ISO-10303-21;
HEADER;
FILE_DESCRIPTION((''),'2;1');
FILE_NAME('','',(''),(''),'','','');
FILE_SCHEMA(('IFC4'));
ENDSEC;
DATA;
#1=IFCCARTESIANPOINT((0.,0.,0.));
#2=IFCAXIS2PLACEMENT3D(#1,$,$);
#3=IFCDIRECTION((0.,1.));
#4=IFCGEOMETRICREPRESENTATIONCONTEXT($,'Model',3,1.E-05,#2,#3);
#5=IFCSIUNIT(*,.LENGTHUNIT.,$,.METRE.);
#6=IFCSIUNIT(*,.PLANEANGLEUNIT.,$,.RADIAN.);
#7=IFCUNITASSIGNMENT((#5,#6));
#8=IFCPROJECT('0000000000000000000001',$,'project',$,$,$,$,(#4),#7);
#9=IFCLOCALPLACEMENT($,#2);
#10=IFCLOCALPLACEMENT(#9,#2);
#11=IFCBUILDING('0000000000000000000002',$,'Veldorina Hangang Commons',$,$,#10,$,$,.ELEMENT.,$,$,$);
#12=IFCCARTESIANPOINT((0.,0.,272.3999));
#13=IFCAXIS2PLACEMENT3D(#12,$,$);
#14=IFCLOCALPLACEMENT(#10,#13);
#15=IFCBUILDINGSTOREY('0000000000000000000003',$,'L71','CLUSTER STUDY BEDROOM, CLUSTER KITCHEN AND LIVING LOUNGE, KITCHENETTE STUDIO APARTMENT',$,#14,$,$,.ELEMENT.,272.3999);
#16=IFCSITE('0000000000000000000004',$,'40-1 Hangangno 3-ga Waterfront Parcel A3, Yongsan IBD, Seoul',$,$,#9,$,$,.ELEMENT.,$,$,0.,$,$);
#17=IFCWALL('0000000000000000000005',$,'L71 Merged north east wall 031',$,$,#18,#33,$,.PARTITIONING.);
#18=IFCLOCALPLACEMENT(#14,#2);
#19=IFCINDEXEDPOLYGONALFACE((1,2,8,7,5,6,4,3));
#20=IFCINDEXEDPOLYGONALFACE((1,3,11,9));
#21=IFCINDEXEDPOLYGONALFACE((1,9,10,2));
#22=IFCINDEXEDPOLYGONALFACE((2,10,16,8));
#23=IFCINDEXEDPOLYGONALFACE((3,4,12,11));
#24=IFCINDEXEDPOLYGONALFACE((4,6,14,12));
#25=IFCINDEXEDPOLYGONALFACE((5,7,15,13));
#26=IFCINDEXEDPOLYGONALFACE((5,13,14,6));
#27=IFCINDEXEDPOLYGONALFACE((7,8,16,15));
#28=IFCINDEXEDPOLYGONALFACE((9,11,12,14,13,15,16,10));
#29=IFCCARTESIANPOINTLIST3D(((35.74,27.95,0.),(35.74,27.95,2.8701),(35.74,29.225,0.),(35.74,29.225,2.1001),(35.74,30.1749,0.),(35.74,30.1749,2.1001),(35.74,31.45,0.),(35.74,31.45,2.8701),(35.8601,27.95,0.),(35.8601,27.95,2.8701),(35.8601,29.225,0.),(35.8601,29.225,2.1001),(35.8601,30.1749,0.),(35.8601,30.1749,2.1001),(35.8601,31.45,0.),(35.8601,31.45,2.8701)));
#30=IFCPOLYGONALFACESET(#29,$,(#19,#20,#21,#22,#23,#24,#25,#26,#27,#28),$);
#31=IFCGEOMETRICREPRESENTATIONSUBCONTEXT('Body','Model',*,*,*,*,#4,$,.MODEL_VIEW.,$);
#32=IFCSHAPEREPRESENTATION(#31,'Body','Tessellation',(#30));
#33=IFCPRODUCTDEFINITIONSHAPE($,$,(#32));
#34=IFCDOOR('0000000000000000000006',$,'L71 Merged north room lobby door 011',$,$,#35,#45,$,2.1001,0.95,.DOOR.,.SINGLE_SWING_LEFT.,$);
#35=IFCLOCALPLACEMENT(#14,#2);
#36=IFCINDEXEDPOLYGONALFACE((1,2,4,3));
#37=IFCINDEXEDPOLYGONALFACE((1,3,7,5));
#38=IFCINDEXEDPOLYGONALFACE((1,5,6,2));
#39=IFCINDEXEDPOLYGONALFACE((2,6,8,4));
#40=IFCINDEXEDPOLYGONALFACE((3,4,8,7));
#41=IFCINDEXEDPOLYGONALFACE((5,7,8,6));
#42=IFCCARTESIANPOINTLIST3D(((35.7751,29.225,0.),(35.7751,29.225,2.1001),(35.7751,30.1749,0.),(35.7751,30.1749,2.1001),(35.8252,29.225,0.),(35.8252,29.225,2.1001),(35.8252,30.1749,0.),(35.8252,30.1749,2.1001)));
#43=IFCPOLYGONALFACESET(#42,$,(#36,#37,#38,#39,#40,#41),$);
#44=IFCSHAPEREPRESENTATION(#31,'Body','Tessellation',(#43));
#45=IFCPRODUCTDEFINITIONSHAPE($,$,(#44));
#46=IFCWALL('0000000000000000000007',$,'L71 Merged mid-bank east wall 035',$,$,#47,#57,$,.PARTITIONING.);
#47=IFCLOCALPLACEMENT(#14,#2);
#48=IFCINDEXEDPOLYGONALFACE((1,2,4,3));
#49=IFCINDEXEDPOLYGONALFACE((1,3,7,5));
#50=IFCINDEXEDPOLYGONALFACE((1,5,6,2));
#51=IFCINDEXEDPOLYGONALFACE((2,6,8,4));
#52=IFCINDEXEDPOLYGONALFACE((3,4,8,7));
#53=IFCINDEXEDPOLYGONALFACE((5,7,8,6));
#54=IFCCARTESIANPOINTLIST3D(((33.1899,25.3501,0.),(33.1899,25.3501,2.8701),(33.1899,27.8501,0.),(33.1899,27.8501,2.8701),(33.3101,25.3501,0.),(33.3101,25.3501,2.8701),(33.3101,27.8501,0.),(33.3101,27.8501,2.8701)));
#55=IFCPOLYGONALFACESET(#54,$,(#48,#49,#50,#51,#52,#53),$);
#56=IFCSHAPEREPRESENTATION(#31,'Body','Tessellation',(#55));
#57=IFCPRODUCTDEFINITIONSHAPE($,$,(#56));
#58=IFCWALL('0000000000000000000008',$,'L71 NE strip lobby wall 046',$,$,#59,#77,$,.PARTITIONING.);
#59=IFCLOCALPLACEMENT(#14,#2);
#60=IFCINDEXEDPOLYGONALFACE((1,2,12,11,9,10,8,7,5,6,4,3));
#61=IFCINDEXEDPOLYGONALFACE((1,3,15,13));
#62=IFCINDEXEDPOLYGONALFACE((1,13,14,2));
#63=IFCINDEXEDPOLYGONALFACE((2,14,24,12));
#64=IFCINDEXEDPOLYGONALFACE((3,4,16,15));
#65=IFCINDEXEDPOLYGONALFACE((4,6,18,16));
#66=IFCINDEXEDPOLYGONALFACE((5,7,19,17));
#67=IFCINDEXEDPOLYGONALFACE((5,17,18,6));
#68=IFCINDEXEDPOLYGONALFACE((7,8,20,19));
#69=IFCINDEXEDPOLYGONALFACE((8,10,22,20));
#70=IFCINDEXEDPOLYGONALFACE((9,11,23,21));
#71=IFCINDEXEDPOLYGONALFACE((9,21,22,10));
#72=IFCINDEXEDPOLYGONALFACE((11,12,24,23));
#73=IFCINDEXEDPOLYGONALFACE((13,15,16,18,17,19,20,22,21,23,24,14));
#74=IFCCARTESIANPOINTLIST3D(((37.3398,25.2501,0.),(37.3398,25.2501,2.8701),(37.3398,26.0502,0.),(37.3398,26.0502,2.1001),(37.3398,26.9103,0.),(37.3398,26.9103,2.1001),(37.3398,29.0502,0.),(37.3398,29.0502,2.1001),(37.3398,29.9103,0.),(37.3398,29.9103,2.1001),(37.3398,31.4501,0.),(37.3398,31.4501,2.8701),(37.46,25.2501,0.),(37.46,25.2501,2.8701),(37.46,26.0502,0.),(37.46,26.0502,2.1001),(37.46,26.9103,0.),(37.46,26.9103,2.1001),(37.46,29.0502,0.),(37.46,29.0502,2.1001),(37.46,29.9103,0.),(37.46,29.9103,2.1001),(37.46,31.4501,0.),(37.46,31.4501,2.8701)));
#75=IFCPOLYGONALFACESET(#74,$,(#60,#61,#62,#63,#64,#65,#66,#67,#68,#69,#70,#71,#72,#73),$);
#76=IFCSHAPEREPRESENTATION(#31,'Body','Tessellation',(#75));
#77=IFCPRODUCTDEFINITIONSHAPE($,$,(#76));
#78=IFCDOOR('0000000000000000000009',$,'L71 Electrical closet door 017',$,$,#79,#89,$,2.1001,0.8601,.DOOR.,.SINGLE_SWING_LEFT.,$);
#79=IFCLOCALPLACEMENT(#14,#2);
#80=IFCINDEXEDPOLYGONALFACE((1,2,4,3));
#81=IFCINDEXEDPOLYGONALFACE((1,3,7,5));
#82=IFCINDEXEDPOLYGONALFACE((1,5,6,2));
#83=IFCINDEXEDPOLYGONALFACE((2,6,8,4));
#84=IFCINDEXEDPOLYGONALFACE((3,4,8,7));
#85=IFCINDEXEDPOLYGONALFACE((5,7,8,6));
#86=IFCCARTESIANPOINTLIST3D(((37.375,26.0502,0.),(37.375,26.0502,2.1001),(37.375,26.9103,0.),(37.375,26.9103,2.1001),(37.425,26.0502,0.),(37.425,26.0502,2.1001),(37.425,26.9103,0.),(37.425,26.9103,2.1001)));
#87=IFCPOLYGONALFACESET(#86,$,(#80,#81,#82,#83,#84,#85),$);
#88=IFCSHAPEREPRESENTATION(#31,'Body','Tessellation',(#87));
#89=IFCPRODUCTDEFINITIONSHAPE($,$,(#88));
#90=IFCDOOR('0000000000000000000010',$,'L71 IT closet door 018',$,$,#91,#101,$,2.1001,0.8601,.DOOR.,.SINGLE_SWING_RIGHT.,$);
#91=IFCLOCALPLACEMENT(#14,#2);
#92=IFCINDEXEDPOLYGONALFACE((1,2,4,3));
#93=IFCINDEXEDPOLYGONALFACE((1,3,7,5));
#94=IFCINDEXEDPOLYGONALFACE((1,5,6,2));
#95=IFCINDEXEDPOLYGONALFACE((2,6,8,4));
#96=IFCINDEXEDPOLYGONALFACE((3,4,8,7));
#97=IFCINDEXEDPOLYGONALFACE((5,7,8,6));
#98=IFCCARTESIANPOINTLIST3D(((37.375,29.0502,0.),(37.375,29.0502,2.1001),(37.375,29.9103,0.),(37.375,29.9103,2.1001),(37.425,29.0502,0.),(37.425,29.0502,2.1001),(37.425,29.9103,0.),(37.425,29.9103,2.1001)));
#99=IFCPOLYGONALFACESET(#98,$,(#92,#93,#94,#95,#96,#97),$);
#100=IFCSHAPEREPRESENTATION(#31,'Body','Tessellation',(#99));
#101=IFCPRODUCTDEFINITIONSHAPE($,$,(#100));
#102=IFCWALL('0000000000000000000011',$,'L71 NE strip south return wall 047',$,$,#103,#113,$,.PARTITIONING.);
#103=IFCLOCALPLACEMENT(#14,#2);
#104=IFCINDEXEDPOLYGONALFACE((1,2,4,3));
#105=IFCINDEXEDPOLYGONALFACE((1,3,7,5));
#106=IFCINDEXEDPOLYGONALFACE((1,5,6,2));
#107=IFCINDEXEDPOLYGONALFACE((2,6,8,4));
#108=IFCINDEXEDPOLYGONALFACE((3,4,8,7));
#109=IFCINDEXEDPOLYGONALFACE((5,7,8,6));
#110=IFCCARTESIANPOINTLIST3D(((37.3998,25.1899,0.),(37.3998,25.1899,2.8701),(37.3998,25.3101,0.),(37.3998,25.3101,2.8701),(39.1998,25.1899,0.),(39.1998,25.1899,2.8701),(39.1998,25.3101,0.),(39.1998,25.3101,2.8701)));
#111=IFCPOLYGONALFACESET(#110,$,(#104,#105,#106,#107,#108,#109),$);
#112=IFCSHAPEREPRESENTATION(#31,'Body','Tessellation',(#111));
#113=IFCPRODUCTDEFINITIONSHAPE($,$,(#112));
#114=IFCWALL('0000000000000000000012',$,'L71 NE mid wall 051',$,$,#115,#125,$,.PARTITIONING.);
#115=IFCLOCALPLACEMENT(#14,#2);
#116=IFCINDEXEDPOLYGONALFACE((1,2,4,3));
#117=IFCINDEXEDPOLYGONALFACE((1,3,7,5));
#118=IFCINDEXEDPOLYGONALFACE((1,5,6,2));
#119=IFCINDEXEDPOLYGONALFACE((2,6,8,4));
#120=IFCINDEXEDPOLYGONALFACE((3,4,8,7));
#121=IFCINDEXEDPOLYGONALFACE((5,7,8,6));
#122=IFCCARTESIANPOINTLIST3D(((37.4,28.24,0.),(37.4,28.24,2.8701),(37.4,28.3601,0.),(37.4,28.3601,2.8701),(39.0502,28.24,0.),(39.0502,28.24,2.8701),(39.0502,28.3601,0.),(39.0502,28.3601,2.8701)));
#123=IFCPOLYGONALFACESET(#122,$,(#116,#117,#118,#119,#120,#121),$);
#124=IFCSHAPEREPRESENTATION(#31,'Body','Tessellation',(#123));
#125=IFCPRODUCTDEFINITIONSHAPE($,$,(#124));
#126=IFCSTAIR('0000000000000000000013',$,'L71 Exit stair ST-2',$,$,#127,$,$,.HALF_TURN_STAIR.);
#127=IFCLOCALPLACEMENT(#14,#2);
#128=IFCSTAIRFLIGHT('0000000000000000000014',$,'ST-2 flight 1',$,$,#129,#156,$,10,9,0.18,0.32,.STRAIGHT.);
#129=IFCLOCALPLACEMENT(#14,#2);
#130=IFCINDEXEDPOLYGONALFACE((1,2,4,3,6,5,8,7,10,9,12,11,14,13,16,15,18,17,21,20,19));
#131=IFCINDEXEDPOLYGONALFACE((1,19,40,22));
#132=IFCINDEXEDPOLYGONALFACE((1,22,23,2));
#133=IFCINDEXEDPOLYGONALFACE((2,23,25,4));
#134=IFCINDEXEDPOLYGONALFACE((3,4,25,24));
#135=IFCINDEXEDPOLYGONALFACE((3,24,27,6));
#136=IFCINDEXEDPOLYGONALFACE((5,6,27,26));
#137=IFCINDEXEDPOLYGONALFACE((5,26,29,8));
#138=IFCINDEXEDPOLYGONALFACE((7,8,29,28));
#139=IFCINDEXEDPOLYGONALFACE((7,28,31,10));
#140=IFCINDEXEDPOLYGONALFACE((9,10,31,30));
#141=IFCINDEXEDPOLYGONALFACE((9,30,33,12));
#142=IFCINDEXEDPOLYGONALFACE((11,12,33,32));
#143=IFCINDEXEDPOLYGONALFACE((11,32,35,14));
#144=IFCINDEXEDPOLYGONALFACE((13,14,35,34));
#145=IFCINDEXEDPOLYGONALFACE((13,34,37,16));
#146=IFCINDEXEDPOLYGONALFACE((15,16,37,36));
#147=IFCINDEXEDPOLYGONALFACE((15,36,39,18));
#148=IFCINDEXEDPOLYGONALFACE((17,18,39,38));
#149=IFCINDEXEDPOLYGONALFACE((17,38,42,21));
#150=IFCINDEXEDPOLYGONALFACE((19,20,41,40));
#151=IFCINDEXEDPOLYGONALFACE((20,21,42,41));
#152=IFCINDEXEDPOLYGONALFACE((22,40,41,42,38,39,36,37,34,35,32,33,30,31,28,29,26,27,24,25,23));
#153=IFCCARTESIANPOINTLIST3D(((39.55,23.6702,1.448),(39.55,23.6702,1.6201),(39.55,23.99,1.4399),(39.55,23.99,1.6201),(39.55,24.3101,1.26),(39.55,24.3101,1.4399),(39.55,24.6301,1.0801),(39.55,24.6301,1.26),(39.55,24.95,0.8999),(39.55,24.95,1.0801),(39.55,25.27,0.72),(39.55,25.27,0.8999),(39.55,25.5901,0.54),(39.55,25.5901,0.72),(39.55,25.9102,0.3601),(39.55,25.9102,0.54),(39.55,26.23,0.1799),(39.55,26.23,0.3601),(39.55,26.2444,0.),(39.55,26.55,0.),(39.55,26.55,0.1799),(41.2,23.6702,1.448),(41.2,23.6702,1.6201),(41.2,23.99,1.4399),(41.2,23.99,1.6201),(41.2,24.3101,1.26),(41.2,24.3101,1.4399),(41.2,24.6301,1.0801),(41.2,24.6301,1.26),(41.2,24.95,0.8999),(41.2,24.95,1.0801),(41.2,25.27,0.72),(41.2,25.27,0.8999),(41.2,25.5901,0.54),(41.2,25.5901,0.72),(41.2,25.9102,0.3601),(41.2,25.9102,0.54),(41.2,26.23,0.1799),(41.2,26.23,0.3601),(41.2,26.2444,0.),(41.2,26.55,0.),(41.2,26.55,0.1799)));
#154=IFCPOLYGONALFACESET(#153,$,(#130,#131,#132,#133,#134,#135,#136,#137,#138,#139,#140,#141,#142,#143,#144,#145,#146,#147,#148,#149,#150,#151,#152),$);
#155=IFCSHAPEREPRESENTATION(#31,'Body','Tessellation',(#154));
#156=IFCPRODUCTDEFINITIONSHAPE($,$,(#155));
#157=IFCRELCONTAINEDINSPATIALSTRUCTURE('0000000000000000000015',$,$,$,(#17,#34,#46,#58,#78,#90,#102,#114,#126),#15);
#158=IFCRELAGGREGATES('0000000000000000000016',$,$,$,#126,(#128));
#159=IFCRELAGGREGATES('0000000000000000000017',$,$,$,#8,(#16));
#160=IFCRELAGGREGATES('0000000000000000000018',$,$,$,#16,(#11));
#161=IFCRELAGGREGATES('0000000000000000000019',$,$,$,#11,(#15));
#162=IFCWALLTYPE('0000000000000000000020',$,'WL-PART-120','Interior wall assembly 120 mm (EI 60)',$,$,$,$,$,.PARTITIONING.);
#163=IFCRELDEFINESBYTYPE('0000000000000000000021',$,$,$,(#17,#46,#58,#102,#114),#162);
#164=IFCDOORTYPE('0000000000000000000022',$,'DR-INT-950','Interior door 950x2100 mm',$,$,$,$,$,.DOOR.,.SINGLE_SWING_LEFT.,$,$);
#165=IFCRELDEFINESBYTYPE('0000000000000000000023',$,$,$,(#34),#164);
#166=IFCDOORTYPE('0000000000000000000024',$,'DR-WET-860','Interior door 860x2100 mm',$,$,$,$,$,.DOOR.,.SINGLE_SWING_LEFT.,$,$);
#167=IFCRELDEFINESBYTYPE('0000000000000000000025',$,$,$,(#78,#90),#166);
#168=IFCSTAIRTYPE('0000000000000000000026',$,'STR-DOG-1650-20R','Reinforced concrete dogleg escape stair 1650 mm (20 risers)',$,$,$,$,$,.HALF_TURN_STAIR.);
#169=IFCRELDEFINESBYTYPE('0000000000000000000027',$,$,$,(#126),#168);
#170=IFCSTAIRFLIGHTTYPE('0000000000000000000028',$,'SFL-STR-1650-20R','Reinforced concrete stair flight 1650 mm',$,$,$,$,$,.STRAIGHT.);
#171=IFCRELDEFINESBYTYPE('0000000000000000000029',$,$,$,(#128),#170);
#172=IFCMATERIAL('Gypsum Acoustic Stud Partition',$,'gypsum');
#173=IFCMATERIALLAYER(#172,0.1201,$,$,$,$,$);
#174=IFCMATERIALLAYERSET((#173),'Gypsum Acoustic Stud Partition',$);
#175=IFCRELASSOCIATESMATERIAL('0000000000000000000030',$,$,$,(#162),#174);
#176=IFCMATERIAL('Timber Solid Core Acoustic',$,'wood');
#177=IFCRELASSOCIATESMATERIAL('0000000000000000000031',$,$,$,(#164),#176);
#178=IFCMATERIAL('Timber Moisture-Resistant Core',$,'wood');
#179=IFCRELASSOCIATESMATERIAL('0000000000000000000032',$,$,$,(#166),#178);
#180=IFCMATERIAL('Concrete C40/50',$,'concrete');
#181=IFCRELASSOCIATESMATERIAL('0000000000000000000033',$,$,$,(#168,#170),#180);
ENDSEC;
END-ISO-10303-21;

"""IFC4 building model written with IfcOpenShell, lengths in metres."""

from ifc_helpers import new_model, si_unit, direction, frame, frame_2d, origin, place, context, subcontext, project, spatial, polyline, rectangle, outline, extrude, material, layer, layer_set, type_object, element, fill, aggregate, save


model = new_model("IFC4")

# Units and contexts
model_context = context("Model", 3, precision=1e-05, world=origin(), true_north=direction((0.0, 1.0)))
body_context = subcontext(model_context, "Body", "Model", "MODEL_VIEW")
ifc_project = project(units=[si_unit("LENGTHUNIT", "METRE"), si_unit("PLANEANGLEUNIT", "RADIAN")], contexts=[model_context])

# Site, building, storey
site_placement = place(None, origin())
site = spatial("IfcSite", under=ifc_project, at=site_placement, Name="40-1 Hangangno 3-ga Waterfront Parcel A3, Yongsan IBD, Seoul", CompositionType="ELEMENT", RefElevation=0.0)
building_placement = place(site_placement, origin())
building = spatial("IfcBuilding", under=site, at=building_placement, Name="Veldorina Hangang Commons", CompositionType="ELEMENT")
storey_placement = place(building_placement, frame((0.0, 0.0, 272.3999)))
storey = spatial("IfcBuildingStorey", under=building, at=storey_placement, Name="L71", Description="CLUSTER STUDY BEDROOM, CLUSTER KITCHEN AND LIVING LOUNGE, KITCHENETTE STUDIO APARTMENT", CompositionType="ELEMENT", Elevation=272.3999)

# Wall, opening, door
ifc_material_1 = material(Name="Gypsum Acoustic Stud Partition", Category="gypsum")
ifc_layer_1 = layer(ifc_material_1, 0.1201)
ifc_layer_set_1 = layer_set([ifc_layer_1], Name="Gypsum Acoustic Stud Partition")
wall_type_1 = type_object("IfcWallType", Name="WL-PART-120", Description="Interior wall assembly 120 mm (EI 60)", PredefinedType="PARTITIONING", material=ifc_layer_set_1)
wall_1_placement = place(storey_placement, frame((35.8, 27.95, 0.0), z_axis=(0.0, 0.0, 1.0), x_axis=(0.0, 1.0, 0.0)))
wall_1 = element("IfcWall", 1, at=wall_1_placement, inside=storey, type_object=wall_type_1, Name="L71 Merged north east wall 031", PredefinedType="PARTITIONING", context=body_context, shape_type="SweptSolid", body=[
    extrude(rectangle(XDim=3.5, YDim=0.1201, at=frame_2d((1.75, 0.0))), origin(), (0.0, 0.0, 1.0), 2.8701),
])
opening_1_placement = place(wall_1_placement, frame((1.2749, 0.0, 0.0)))
opening_1 = element("IfcOpeningElement", 2, at=opening_1_placement, cuts=wall_1, PredefinedType="OPENING", context=body_context, shape_type="SweptSolid", body=[
    extrude(rectangle(XDim=0.95, YDim=2.1001, at=frame_2d((0.4751, 1.05))), frame((0.0, 0.0701, 0.0), z_axis=(0.0, -1.0, 0.0), x_axis=(1.0, 0.0, 0.0)), (0.0, 0.0, 1.0), 0.1401),
])
ifc_material_2 = material(Name="Timber Solid Core Acoustic", Category="wood")
door_type_1 = type_object("IfcDoorType", Name="DR-INT-950", Description="Interior door 950x2100 mm", OperationType="SINGLE_SWING_LEFT", PredefinedType="DOOR", material=ifc_material_2)
door_1_placement = place(opening_1_placement, origin())
door_1 = element("IfcDoor", 3, at=door_1_placement, inside=storey, type_object=door_type_1, Name="L71 Merged north room lobby door 011", OperationType="SINGLE_SWING_LEFT", OverallHeight=2.1001, OverallWidth=0.95, PredefinedType="DOOR", context=body_context, shape_type="SweptSolid", body=[
    extrude(rectangle(XDim=0.95, YDim=2.1001, at=frame_2d((0.4751, 1.05))), frame((0.0, 0.0249, 0.0), z_axis=(0.0, -1.0, 0.0), x_axis=(1.0, 0.0, 0.0)), (0.0, 0.0, 1.0), 0.05),
])
fill(opening_1, door_1)

# Wall
wall_2_placement = place(storey_placement, frame((33.25, 25.3501, 0.0), z_axis=(0.0, 0.0, 1.0), x_axis=(0.0, 1.0, 0.0)))
element("IfcWall", 4, at=wall_2_placement, inside=storey, type_object=wall_type_1, Name="L71 Merged mid-bank east wall 035", PredefinedType="PARTITIONING", context=body_context, shape_type="SweptSolid", body=[
    extrude(rectangle(XDim=2.5, YDim=0.1201, at=frame_2d((1.25, 0.0))), origin(), (0.0, 0.0, 1.0), 2.8701),
])

# Wall, openings, doors
wall_3_placement = place(storey_placement, frame((37.3999, 25.25, 0.0), z_axis=(0.0, 0.0, 1.0), x_axis=(0.0, 1.0, 0.0)))
wall_3 = element("IfcWall", 5, at=wall_3_placement, inside=storey, type_object=wall_type_1, Name="L71 NE strip lobby wall 046", PredefinedType="PARTITIONING", context=body_context, shape_type="SweptSolid", body=[
    extrude(rectangle(XDim=6.2, YDim=0.1201, at=frame_2d((3.1001, 0.0))), origin(), (0.0, 0.0, 1.0), 2.8701),
])
opening_2_placement = place(wall_3_placement, frame((0.8, 0.0, 0.0)))
opening_2 = element("IfcOpeningElement", 6, at=opening_2_placement, cuts=wall_3, PredefinedType="OPENING", context=body_context, shape_type="SweptSolid", body=[
    extrude(rectangle(XDim=0.8601, YDim=2.1001, at=frame_2d((0.4302, 1.05))), frame((0.0, 0.0701, 0.0), z_axis=(0.0, -1.0, 0.0), x_axis=(1.0, 0.0, 0.0)), (0.0, 0.0, 1.0), 0.1401),
])
opening_3_placement = place(wall_3_placement, frame((3.8, 0.0, 0.0)))
opening_3 = element("IfcOpeningElement", 7, at=opening_3_placement, cuts=wall_3, PredefinedType="OPENING", context=body_context, shape_type="SweptSolid", body=[
    extrude(rectangle(XDim=0.8601, YDim=2.1001, at=frame_2d((0.4302, 1.05))), frame((0.0, 0.0701, 0.0), z_axis=(0.0, -1.0, 0.0), x_axis=(1.0, 0.0, 0.0)), (0.0, 0.0, 1.0), 0.1401),
])
ifc_material_3 = material(Name="Timber Moisture-Resistant Core", Category="wood")
door_type_2 = type_object("IfcDoorType", Name="DR-WET-860", Description="Interior door 860x2100 mm", OperationType="SINGLE_SWING_LEFT", PredefinedType="DOOR", material=ifc_material_3)
door_2_placement = place(opening_2_placement, origin())
door_2 = element("IfcDoor", 8, at=door_2_placement, inside=storey, type_object=door_type_2, Name="L71 Electrical closet door 017", OperationType="SINGLE_SWING_LEFT", OverallHeight=2.1001, OverallWidth=0.8601, PredefinedType="DOOR", context=body_context, shape_type="SweptSolid", body=[
    extrude(rectangle(XDim=0.8601, YDim=2.1001, at=frame_2d((0.4302, 1.05))), frame((0.0, 0.0249, 0.0), z_axis=(0.0, -1.0, 0.0), x_axis=(1.0, 0.0, 0.0)), (0.0, 0.0, 1.0), 0.05),
])
fill(opening_2, door_2)
door_3_placement = place(opening_3_placement, origin())
door_3 = element("IfcDoor", 9, at=door_3_placement, inside=storey, type_object=door_type_2, Name="L71 IT closet door 018", OperationType="SINGLE_SWING_RIGHT", OverallHeight=2.1001, OverallWidth=0.8601, PredefinedType="DOOR", context=body_context, shape_type="SweptSolid", body=[
    extrude(rectangle(XDim=0.8601, YDim=2.1001, at=frame_2d((0.4302, 1.05))), frame((0.0, 0.0249, 0.0), z_axis=(0.0, -1.0, 0.0), x_axis=(1.0, 0.0, 0.0)), (0.0, 0.0, 1.0), 0.05),
])
fill(opening_3, door_3)

# Walls
wall_4_placement = place(storey_placement, frame((37.3999, 25.25, 0.0), z_axis=(0.0, 0.0, 1.0), x_axis=(1.0, 0.0, 0.0)))
element("IfcWall", 10, at=wall_4_placement, inside=storey, type_object=wall_type_1, Name="L71 NE strip south return wall 047", PredefinedType="PARTITIONING", context=body_context, shape_type="SweptSolid", body=[
    extrude(rectangle(XDim=1.8, YDim=0.1201, at=frame_2d((0.8999, 0.0))), origin(), (0.0, 0.0, 1.0), 2.8701),
])
wall_5_placement = place(storey_placement, frame((37.3999, 28.3, 0.0), z_axis=(0.0, 0.0, 1.0), x_axis=(1.0, 0.0, 0.0)))
element("IfcWall", 11, at=wall_5_placement, inside=storey, type_object=wall_type_1, Name="L71 NE mid wall 051", PredefinedType="PARTITIONING", context=body_context, shape_type="SweptSolid", body=[
    extrude(rectangle(XDim=1.6501, YDim=0.1201, at=frame_2d((0.8252, 0.0))), origin(), (0.0, 0.0, 1.0), 2.8701),
])

# Stair, stair flight
ifc_material_4 = material(Name="Concrete C40/50", Category="concrete")
stair_type = type_object("IfcStairType", Name="STR-DOG-1650-20R", Description="Reinforced concrete dogleg escape stair 1650 mm (20 risers)", PredefinedType="HALF_TURN_STAIR", material=ifc_material_4)
stair_placement = place(storey_placement, origin())
stair = element("IfcStair", 12, at=stair_placement, inside=storey, type_object=stair_type, Name="L71 Exit stair ST-2", PredefinedType="HALF_TURN_STAIR")
stair_flight_type = type_object("IfcStairFlightType", Name="SFL-STR-1650-20R", Description="Reinforced concrete stair flight 1650 mm", PredefinedType="STRAIGHT", material=ifc_material_4)
stair_flight_placement = place(storey_placement, frame((40.375, 26.55, 0.0), z_axis=(0.0, 0.0, 1.0), x_axis=(0.0, -1.0, 0.0)))
stair_flight = element("IfcStairFlight", 13, at=stair_flight_placement, type_object=stair_flight_type, Name="ST-2 flight 1", NumberOfRisers=10, NumberOfTreads=9, PredefinedType="STRAIGHT", RiserHeight=0.18, TreadLength=0.32, context=body_context, shape_type="SweptSolid", body=[
    extrude(outline(polyline([(0.0, 0.0), (0.0, 0.1799), (0.3201, 0.1799), (0.3201, 0.3601), (0.6399, 0.3601), (0.6399, 0.54), (0.96, 0.54), (0.96, 0.72), (1.28, 0.72), (1.28, 0.8999), (1.6001, 0.8999), (1.6001, 1.0801), (1.9199, 1.0801), (1.9199, 1.26), (2.24, 1.26), (2.24, 1.4399), (2.5601, 1.4399), (2.5601, 1.6201), (2.8799, 1.6201), (2.8799, 1.8), (2.8799, 1.448), (0.3057, 0.0), (0.0, 0.0)])), frame((0.0, 0.825, 0.0), z_axis=(0.0, -1.0, 0.0), x_axis=(1.0, 0.0, 0.0)), (0.0, 0.0, 1.0), 1.6499),
])
aggregate(stair, [stair_flight])

save(model, "model.ifc")
